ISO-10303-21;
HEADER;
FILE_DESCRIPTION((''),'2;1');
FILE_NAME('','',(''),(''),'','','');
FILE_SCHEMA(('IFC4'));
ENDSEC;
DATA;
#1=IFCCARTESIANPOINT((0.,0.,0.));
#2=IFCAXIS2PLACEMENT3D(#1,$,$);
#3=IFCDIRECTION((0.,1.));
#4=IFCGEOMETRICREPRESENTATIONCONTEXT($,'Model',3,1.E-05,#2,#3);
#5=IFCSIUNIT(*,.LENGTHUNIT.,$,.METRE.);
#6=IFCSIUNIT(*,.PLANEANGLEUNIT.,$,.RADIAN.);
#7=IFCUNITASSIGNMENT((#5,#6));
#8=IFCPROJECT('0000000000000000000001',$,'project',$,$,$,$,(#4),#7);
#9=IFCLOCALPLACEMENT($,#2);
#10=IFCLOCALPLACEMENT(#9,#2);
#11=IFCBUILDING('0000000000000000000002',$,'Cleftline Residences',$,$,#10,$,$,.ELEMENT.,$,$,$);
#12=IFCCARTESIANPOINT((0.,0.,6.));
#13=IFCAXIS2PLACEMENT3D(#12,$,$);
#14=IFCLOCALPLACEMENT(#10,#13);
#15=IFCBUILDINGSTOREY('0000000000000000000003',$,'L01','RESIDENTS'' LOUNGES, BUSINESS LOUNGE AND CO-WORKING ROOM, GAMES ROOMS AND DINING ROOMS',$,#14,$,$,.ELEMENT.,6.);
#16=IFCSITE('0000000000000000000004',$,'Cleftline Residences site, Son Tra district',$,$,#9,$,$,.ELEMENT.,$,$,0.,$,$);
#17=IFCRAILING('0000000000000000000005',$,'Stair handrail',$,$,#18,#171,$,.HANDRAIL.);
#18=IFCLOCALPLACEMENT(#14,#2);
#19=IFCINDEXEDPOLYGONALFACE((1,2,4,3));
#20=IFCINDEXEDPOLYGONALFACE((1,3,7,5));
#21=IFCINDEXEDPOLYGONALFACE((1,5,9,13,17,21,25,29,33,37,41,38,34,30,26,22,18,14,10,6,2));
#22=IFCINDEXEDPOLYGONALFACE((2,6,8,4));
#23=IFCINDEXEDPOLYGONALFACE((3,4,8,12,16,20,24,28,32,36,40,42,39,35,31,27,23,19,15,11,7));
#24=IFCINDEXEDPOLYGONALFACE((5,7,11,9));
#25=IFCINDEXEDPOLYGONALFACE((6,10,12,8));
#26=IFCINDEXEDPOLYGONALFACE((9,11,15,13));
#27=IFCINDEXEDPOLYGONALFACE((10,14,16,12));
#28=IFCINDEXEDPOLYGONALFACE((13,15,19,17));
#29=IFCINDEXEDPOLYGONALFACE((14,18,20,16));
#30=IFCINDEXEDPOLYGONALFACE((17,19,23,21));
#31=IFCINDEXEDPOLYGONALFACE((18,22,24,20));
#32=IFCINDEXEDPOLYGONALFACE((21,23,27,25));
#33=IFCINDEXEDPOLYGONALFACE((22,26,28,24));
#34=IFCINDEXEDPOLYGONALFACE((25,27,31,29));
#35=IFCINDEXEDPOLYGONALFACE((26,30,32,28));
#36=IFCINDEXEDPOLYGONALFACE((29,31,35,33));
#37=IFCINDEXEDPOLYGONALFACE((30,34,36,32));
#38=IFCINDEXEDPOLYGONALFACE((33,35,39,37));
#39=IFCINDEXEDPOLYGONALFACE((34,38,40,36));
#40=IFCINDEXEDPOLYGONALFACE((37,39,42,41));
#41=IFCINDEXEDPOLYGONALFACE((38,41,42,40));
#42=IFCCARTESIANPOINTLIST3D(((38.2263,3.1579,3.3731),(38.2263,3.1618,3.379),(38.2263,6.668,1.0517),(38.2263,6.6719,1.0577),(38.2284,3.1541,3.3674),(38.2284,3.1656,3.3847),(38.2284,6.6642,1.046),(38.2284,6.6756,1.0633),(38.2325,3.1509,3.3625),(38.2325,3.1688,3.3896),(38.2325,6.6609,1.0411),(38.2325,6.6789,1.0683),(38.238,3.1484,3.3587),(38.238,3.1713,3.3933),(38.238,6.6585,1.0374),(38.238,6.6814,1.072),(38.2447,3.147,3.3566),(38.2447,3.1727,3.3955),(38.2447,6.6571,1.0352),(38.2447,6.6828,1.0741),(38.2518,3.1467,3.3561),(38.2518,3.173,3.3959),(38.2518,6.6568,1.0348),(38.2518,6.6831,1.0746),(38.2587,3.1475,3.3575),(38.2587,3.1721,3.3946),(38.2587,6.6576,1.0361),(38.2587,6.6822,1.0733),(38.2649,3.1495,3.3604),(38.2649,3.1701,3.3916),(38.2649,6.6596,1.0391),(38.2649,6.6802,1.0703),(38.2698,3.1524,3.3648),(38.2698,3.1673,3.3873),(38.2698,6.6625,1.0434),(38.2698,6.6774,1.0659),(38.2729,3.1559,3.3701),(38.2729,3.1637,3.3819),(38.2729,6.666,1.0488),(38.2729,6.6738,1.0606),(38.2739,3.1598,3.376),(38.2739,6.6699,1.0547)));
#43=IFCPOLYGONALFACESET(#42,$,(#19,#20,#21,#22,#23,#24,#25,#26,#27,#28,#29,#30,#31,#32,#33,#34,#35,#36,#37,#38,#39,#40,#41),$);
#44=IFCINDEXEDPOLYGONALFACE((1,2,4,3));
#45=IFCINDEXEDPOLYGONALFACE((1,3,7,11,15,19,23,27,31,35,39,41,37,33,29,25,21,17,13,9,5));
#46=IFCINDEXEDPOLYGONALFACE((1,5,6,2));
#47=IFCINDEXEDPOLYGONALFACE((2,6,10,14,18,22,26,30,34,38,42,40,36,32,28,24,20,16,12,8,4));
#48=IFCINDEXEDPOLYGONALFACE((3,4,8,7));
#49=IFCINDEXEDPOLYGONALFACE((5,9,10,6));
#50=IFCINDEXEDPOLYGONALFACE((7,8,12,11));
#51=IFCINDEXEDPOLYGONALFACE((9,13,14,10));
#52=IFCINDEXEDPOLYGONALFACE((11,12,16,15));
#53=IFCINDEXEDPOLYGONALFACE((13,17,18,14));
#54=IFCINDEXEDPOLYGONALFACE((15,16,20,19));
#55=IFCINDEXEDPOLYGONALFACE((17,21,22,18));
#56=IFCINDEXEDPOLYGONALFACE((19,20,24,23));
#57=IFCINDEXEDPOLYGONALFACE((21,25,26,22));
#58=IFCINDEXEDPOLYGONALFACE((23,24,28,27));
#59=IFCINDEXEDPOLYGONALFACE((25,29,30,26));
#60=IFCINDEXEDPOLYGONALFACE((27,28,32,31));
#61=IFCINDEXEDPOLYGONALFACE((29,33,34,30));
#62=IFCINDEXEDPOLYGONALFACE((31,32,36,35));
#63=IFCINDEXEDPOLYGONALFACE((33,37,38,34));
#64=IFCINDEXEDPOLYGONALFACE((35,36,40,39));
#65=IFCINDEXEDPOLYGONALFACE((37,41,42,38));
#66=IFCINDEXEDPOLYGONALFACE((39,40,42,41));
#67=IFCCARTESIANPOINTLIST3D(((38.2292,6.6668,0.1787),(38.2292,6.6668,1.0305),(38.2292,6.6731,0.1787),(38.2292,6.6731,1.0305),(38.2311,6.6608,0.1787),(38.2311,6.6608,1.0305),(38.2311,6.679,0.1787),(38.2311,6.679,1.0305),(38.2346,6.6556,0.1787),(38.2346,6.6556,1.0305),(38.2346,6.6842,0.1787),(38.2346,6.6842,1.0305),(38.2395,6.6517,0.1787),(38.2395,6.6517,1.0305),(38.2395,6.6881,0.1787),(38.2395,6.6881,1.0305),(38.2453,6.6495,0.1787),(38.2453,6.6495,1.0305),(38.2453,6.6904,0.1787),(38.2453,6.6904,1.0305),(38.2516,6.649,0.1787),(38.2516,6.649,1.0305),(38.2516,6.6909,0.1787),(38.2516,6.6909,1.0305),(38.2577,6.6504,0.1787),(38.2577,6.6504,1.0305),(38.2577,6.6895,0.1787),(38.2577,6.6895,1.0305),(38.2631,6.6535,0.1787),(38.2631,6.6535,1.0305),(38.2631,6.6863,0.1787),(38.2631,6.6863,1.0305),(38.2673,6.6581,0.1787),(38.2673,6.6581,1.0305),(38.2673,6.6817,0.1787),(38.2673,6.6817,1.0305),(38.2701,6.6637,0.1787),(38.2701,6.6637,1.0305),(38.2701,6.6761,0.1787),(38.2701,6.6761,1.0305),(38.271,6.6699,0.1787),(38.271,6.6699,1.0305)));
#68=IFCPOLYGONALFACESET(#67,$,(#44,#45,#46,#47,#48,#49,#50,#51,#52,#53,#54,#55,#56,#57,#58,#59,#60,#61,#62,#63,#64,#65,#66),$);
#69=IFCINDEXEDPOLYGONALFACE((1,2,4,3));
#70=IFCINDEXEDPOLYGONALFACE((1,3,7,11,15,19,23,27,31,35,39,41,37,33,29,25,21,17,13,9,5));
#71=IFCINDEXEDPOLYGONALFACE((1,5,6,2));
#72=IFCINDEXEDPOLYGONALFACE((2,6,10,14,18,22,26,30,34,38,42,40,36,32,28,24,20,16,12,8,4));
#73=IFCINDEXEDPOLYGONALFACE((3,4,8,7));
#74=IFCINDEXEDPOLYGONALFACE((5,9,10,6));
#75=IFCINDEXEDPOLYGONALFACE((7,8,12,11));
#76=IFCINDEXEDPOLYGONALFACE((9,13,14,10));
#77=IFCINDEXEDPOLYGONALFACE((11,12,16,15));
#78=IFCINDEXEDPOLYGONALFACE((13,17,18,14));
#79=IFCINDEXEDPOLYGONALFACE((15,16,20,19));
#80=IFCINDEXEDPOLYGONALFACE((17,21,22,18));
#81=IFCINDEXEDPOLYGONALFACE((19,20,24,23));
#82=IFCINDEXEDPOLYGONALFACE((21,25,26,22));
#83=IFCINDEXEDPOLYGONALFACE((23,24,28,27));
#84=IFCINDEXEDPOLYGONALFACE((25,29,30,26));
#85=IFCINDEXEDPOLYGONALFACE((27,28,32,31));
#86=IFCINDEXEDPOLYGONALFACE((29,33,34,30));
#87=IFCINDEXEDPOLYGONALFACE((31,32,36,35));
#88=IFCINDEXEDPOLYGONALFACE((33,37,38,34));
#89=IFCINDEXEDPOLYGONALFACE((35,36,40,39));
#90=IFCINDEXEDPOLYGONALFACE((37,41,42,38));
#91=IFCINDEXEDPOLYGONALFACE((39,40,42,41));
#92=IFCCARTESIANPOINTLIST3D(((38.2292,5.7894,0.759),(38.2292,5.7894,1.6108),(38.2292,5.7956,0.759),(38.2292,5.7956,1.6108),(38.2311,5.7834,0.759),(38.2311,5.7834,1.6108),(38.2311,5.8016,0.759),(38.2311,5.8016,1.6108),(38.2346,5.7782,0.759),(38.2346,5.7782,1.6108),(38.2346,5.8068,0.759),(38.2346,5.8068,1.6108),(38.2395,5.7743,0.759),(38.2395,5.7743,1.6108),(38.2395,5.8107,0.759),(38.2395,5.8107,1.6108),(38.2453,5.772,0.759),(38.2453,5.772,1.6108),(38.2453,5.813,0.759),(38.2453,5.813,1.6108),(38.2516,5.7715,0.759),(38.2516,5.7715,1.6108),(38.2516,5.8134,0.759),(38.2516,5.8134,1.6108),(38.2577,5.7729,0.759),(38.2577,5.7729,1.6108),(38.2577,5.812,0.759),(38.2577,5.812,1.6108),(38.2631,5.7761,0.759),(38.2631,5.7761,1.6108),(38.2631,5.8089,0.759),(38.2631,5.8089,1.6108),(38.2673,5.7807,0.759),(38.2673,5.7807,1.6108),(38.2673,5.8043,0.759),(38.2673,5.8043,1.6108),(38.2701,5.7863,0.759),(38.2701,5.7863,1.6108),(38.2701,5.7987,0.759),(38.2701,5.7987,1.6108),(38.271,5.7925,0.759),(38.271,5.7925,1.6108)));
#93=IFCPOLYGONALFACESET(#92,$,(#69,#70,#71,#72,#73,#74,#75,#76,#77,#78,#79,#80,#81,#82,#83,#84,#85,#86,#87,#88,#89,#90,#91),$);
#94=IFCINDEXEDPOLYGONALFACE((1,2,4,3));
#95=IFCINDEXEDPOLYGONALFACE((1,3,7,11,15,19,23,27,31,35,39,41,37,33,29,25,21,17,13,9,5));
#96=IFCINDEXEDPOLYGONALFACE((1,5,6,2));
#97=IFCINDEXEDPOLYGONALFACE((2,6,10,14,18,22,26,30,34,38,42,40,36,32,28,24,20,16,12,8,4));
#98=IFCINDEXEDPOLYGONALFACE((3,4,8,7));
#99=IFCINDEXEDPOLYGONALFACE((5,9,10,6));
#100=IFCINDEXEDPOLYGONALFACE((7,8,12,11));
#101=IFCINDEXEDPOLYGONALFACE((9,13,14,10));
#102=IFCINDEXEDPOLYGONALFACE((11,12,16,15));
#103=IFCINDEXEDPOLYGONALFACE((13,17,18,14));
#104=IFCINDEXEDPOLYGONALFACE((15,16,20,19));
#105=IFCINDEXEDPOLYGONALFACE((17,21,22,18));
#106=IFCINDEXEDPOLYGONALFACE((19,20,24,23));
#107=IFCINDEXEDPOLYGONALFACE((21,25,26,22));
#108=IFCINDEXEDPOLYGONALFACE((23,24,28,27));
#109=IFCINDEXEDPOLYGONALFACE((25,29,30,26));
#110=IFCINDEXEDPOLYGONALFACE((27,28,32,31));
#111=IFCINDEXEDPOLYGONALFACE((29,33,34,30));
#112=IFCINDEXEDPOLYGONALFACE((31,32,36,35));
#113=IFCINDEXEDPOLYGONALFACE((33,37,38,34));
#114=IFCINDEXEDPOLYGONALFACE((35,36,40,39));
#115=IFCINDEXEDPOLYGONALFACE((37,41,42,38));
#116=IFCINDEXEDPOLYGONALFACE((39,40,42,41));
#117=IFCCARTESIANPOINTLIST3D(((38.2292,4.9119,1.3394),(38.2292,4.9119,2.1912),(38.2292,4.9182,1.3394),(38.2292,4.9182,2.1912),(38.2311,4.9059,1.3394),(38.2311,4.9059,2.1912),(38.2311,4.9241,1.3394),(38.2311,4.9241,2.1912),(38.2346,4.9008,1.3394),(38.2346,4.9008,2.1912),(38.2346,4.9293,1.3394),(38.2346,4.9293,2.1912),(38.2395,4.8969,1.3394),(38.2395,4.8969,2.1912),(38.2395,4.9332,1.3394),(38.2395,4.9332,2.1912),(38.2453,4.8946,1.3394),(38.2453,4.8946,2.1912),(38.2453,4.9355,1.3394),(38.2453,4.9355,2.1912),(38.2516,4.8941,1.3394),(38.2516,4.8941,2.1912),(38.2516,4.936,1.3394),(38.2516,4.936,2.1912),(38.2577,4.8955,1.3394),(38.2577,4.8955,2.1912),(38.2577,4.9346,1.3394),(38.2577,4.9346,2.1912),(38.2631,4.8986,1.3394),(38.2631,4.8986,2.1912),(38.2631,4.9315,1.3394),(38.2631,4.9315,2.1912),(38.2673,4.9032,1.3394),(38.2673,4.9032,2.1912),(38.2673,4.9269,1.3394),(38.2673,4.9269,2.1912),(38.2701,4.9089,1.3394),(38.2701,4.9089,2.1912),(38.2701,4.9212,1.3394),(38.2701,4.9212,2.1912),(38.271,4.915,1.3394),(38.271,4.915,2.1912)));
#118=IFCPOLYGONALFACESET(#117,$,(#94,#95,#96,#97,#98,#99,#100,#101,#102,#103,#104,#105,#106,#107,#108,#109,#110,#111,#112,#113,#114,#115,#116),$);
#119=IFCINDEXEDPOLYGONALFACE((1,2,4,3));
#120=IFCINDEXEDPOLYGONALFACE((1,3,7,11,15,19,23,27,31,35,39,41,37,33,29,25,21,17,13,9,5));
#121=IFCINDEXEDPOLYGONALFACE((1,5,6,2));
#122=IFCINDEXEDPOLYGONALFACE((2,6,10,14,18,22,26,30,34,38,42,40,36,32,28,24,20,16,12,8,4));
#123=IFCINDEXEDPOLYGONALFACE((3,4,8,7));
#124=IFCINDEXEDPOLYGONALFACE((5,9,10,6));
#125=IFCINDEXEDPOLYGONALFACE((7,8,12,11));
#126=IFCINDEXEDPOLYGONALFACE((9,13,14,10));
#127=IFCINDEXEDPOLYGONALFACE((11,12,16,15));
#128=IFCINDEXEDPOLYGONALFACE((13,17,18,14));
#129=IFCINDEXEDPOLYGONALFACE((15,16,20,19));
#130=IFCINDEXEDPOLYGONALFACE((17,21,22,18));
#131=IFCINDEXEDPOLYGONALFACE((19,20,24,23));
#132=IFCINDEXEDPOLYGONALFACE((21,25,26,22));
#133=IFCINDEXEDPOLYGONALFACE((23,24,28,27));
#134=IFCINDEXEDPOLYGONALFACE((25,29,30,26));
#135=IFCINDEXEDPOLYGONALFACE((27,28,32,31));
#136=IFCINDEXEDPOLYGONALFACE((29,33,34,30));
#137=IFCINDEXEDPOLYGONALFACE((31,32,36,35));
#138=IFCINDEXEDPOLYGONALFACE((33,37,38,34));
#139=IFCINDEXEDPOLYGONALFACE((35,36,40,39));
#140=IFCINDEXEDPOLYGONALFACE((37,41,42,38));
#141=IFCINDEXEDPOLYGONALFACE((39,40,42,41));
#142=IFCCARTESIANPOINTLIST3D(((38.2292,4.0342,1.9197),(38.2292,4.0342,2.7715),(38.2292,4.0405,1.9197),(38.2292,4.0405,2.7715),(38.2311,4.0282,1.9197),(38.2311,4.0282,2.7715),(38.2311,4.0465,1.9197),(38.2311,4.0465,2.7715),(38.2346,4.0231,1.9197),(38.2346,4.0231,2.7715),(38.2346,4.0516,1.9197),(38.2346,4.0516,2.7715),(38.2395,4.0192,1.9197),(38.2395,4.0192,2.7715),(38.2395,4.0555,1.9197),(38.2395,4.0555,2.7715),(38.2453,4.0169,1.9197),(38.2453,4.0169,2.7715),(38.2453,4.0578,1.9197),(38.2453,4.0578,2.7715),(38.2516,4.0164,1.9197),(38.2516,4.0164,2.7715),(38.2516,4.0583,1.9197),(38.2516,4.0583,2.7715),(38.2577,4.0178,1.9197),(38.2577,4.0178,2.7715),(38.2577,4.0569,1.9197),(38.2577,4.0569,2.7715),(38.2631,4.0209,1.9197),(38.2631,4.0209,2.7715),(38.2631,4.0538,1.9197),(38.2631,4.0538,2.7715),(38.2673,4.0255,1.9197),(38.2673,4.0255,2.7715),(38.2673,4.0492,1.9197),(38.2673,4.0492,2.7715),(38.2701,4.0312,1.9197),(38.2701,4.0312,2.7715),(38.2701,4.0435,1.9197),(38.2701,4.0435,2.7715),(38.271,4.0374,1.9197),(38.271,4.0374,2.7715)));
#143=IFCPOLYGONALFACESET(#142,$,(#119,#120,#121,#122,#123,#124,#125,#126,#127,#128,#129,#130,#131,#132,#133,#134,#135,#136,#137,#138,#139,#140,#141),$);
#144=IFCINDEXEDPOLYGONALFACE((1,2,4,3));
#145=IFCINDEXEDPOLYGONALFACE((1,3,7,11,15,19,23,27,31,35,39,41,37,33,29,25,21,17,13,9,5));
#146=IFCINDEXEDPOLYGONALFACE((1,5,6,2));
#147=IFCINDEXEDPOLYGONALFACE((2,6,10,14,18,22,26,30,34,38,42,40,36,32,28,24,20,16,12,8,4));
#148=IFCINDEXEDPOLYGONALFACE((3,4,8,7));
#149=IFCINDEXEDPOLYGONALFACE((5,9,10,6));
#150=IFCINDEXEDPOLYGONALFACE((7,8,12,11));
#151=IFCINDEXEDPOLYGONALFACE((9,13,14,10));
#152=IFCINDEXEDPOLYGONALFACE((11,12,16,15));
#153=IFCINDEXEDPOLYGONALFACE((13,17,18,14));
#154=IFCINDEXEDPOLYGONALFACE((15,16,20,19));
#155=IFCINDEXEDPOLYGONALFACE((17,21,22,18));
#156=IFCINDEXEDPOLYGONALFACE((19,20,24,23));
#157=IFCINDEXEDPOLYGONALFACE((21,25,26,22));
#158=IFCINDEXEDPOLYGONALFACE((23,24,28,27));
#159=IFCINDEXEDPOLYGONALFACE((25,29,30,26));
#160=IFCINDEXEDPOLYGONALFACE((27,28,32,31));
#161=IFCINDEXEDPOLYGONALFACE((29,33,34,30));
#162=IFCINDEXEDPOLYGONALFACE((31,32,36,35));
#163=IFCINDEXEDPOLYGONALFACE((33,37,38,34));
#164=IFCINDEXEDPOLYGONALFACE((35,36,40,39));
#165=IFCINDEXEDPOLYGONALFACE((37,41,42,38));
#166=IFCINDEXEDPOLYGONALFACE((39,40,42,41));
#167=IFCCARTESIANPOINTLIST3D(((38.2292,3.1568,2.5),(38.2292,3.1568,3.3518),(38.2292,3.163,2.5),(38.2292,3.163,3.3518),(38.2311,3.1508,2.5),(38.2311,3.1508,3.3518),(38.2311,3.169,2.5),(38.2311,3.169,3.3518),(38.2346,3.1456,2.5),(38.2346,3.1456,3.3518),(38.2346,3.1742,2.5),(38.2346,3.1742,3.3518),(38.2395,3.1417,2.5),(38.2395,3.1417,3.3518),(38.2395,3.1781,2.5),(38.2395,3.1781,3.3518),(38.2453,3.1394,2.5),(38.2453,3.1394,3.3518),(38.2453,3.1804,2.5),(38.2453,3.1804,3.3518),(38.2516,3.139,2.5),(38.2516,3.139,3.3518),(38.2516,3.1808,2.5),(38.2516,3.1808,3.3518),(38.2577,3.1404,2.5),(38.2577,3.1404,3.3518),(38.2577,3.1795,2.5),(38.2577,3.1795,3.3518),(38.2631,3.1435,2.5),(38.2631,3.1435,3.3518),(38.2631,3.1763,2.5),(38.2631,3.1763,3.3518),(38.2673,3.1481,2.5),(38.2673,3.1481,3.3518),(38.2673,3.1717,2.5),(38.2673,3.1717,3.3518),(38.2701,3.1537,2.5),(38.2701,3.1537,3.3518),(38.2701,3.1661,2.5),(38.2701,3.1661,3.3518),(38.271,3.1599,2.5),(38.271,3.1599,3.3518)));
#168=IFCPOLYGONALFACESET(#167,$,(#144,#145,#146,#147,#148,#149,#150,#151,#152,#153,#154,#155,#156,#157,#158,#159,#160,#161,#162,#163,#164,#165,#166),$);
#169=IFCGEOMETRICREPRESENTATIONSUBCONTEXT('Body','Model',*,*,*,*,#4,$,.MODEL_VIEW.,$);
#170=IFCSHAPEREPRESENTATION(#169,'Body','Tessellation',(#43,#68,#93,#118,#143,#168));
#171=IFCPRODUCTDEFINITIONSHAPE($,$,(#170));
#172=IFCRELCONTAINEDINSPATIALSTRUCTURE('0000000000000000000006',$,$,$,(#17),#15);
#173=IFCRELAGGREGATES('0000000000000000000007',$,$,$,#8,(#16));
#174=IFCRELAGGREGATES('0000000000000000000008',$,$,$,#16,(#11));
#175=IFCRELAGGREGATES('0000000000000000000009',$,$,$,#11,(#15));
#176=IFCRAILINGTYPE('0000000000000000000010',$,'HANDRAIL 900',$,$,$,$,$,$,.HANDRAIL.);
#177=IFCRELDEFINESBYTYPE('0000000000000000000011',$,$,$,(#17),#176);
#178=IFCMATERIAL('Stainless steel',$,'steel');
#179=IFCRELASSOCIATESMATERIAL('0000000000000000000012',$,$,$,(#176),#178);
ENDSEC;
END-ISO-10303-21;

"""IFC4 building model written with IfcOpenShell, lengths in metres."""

from ifc_helpers import new_model, si_unit, direction, frame, origin, origin_2d, place, context, subcontext, project, spatial, circle, extrude, material, type_object, element, save


model = new_model("IFC4")

# Units and contexts
model_context = context("Model", 3, precision=1e-05, world=origin(), true_north=direction((0.0, 1.0)))
body_context = subcontext(model_context, "Body", "Model", "MODEL_VIEW")
ifc_project = project(units=[si_unit("LENGTHUNIT", "METRE"), si_unit("PLANEANGLEUNIT", "RADIAN")], contexts=[model_context])

# Site, building, storey
site_placement = place(None, origin())
site = spatial("IfcSite", under=ifc_project, at=site_placement, Name="Cleftline Residences site, Son Tra district", CompositionType="ELEMENT", RefElevation=0.0)
building_placement = place(site_placement, origin())
building = spatial("IfcBuilding", under=site, at=building_placement, Name="Cleftline Residences", CompositionType="ELEMENT")
storey_placement = place(building_placement, frame((0.0, 0.0, 6.0)))
storey = spatial("IfcBuildingStorey", under=building, at=storey_placement, Name="L01", Description="RESIDENTS' LOUNGES, BUSINESS LOUNGE AND CO-WORKING ROOM, GAMES ROOMS AND DINING ROOMS", CompositionType="ELEMENT", Elevation=6.0)

# Railing
ifc_material_1 = material(Name="Stainless steel", Category="steel")
railing_type = type_object("IfcRailingType", Name="HANDRAIL 900", PredefinedType="HANDRAIL", material=ifc_material_1)
railing_1_placement = place(storey_placement, frame((38.25, 6.6699, 0.1787)))
element("IfcRailing", 1, at=railing_1_placement, inside=storey, type_object=railing_type, Name="Stair handrail", PredefinedType="HANDRAIL", context=body_context, shape_type="SweptSolid", body=[
    extrude(circle(Radius=0.0239, at=origin_2d()), frame((0.0, 0.0, 0.876), z_axis=(0.0, -0.834097, 0.551617), x_axis=(1.0, 0.0, 0.0)), (0.0, 0.0, 1.0), 4.2083),
    extrude(circle(Radius=0.021, at=origin_2d()), origin(), (0.0, 0.0, 1.0), 0.8518),
    extrude(circle(Radius=0.021, at=origin_2d()), frame((0.0, -0.8774, 0.5803)), (0.0, 0.0, 1.0), 0.8518),
    extrude(circle(Radius=0.021, at=origin_2d()), frame((0.0, -1.7549, 1.1606)), (0.0, 0.0, 1.0), 0.8518),
    extrude(circle(Radius=0.021, at=origin_2d()), frame((0.0, -2.6326, 1.741)), (0.0, 0.0, 1.0), 0.8518),
    extrude(circle(Radius=0.021, at=origin_2d()), frame((0.0, -3.51, 2.3213)), (0.0, 0.0, 1.0), 0.8518),
])

save(model, "model.ifc")
